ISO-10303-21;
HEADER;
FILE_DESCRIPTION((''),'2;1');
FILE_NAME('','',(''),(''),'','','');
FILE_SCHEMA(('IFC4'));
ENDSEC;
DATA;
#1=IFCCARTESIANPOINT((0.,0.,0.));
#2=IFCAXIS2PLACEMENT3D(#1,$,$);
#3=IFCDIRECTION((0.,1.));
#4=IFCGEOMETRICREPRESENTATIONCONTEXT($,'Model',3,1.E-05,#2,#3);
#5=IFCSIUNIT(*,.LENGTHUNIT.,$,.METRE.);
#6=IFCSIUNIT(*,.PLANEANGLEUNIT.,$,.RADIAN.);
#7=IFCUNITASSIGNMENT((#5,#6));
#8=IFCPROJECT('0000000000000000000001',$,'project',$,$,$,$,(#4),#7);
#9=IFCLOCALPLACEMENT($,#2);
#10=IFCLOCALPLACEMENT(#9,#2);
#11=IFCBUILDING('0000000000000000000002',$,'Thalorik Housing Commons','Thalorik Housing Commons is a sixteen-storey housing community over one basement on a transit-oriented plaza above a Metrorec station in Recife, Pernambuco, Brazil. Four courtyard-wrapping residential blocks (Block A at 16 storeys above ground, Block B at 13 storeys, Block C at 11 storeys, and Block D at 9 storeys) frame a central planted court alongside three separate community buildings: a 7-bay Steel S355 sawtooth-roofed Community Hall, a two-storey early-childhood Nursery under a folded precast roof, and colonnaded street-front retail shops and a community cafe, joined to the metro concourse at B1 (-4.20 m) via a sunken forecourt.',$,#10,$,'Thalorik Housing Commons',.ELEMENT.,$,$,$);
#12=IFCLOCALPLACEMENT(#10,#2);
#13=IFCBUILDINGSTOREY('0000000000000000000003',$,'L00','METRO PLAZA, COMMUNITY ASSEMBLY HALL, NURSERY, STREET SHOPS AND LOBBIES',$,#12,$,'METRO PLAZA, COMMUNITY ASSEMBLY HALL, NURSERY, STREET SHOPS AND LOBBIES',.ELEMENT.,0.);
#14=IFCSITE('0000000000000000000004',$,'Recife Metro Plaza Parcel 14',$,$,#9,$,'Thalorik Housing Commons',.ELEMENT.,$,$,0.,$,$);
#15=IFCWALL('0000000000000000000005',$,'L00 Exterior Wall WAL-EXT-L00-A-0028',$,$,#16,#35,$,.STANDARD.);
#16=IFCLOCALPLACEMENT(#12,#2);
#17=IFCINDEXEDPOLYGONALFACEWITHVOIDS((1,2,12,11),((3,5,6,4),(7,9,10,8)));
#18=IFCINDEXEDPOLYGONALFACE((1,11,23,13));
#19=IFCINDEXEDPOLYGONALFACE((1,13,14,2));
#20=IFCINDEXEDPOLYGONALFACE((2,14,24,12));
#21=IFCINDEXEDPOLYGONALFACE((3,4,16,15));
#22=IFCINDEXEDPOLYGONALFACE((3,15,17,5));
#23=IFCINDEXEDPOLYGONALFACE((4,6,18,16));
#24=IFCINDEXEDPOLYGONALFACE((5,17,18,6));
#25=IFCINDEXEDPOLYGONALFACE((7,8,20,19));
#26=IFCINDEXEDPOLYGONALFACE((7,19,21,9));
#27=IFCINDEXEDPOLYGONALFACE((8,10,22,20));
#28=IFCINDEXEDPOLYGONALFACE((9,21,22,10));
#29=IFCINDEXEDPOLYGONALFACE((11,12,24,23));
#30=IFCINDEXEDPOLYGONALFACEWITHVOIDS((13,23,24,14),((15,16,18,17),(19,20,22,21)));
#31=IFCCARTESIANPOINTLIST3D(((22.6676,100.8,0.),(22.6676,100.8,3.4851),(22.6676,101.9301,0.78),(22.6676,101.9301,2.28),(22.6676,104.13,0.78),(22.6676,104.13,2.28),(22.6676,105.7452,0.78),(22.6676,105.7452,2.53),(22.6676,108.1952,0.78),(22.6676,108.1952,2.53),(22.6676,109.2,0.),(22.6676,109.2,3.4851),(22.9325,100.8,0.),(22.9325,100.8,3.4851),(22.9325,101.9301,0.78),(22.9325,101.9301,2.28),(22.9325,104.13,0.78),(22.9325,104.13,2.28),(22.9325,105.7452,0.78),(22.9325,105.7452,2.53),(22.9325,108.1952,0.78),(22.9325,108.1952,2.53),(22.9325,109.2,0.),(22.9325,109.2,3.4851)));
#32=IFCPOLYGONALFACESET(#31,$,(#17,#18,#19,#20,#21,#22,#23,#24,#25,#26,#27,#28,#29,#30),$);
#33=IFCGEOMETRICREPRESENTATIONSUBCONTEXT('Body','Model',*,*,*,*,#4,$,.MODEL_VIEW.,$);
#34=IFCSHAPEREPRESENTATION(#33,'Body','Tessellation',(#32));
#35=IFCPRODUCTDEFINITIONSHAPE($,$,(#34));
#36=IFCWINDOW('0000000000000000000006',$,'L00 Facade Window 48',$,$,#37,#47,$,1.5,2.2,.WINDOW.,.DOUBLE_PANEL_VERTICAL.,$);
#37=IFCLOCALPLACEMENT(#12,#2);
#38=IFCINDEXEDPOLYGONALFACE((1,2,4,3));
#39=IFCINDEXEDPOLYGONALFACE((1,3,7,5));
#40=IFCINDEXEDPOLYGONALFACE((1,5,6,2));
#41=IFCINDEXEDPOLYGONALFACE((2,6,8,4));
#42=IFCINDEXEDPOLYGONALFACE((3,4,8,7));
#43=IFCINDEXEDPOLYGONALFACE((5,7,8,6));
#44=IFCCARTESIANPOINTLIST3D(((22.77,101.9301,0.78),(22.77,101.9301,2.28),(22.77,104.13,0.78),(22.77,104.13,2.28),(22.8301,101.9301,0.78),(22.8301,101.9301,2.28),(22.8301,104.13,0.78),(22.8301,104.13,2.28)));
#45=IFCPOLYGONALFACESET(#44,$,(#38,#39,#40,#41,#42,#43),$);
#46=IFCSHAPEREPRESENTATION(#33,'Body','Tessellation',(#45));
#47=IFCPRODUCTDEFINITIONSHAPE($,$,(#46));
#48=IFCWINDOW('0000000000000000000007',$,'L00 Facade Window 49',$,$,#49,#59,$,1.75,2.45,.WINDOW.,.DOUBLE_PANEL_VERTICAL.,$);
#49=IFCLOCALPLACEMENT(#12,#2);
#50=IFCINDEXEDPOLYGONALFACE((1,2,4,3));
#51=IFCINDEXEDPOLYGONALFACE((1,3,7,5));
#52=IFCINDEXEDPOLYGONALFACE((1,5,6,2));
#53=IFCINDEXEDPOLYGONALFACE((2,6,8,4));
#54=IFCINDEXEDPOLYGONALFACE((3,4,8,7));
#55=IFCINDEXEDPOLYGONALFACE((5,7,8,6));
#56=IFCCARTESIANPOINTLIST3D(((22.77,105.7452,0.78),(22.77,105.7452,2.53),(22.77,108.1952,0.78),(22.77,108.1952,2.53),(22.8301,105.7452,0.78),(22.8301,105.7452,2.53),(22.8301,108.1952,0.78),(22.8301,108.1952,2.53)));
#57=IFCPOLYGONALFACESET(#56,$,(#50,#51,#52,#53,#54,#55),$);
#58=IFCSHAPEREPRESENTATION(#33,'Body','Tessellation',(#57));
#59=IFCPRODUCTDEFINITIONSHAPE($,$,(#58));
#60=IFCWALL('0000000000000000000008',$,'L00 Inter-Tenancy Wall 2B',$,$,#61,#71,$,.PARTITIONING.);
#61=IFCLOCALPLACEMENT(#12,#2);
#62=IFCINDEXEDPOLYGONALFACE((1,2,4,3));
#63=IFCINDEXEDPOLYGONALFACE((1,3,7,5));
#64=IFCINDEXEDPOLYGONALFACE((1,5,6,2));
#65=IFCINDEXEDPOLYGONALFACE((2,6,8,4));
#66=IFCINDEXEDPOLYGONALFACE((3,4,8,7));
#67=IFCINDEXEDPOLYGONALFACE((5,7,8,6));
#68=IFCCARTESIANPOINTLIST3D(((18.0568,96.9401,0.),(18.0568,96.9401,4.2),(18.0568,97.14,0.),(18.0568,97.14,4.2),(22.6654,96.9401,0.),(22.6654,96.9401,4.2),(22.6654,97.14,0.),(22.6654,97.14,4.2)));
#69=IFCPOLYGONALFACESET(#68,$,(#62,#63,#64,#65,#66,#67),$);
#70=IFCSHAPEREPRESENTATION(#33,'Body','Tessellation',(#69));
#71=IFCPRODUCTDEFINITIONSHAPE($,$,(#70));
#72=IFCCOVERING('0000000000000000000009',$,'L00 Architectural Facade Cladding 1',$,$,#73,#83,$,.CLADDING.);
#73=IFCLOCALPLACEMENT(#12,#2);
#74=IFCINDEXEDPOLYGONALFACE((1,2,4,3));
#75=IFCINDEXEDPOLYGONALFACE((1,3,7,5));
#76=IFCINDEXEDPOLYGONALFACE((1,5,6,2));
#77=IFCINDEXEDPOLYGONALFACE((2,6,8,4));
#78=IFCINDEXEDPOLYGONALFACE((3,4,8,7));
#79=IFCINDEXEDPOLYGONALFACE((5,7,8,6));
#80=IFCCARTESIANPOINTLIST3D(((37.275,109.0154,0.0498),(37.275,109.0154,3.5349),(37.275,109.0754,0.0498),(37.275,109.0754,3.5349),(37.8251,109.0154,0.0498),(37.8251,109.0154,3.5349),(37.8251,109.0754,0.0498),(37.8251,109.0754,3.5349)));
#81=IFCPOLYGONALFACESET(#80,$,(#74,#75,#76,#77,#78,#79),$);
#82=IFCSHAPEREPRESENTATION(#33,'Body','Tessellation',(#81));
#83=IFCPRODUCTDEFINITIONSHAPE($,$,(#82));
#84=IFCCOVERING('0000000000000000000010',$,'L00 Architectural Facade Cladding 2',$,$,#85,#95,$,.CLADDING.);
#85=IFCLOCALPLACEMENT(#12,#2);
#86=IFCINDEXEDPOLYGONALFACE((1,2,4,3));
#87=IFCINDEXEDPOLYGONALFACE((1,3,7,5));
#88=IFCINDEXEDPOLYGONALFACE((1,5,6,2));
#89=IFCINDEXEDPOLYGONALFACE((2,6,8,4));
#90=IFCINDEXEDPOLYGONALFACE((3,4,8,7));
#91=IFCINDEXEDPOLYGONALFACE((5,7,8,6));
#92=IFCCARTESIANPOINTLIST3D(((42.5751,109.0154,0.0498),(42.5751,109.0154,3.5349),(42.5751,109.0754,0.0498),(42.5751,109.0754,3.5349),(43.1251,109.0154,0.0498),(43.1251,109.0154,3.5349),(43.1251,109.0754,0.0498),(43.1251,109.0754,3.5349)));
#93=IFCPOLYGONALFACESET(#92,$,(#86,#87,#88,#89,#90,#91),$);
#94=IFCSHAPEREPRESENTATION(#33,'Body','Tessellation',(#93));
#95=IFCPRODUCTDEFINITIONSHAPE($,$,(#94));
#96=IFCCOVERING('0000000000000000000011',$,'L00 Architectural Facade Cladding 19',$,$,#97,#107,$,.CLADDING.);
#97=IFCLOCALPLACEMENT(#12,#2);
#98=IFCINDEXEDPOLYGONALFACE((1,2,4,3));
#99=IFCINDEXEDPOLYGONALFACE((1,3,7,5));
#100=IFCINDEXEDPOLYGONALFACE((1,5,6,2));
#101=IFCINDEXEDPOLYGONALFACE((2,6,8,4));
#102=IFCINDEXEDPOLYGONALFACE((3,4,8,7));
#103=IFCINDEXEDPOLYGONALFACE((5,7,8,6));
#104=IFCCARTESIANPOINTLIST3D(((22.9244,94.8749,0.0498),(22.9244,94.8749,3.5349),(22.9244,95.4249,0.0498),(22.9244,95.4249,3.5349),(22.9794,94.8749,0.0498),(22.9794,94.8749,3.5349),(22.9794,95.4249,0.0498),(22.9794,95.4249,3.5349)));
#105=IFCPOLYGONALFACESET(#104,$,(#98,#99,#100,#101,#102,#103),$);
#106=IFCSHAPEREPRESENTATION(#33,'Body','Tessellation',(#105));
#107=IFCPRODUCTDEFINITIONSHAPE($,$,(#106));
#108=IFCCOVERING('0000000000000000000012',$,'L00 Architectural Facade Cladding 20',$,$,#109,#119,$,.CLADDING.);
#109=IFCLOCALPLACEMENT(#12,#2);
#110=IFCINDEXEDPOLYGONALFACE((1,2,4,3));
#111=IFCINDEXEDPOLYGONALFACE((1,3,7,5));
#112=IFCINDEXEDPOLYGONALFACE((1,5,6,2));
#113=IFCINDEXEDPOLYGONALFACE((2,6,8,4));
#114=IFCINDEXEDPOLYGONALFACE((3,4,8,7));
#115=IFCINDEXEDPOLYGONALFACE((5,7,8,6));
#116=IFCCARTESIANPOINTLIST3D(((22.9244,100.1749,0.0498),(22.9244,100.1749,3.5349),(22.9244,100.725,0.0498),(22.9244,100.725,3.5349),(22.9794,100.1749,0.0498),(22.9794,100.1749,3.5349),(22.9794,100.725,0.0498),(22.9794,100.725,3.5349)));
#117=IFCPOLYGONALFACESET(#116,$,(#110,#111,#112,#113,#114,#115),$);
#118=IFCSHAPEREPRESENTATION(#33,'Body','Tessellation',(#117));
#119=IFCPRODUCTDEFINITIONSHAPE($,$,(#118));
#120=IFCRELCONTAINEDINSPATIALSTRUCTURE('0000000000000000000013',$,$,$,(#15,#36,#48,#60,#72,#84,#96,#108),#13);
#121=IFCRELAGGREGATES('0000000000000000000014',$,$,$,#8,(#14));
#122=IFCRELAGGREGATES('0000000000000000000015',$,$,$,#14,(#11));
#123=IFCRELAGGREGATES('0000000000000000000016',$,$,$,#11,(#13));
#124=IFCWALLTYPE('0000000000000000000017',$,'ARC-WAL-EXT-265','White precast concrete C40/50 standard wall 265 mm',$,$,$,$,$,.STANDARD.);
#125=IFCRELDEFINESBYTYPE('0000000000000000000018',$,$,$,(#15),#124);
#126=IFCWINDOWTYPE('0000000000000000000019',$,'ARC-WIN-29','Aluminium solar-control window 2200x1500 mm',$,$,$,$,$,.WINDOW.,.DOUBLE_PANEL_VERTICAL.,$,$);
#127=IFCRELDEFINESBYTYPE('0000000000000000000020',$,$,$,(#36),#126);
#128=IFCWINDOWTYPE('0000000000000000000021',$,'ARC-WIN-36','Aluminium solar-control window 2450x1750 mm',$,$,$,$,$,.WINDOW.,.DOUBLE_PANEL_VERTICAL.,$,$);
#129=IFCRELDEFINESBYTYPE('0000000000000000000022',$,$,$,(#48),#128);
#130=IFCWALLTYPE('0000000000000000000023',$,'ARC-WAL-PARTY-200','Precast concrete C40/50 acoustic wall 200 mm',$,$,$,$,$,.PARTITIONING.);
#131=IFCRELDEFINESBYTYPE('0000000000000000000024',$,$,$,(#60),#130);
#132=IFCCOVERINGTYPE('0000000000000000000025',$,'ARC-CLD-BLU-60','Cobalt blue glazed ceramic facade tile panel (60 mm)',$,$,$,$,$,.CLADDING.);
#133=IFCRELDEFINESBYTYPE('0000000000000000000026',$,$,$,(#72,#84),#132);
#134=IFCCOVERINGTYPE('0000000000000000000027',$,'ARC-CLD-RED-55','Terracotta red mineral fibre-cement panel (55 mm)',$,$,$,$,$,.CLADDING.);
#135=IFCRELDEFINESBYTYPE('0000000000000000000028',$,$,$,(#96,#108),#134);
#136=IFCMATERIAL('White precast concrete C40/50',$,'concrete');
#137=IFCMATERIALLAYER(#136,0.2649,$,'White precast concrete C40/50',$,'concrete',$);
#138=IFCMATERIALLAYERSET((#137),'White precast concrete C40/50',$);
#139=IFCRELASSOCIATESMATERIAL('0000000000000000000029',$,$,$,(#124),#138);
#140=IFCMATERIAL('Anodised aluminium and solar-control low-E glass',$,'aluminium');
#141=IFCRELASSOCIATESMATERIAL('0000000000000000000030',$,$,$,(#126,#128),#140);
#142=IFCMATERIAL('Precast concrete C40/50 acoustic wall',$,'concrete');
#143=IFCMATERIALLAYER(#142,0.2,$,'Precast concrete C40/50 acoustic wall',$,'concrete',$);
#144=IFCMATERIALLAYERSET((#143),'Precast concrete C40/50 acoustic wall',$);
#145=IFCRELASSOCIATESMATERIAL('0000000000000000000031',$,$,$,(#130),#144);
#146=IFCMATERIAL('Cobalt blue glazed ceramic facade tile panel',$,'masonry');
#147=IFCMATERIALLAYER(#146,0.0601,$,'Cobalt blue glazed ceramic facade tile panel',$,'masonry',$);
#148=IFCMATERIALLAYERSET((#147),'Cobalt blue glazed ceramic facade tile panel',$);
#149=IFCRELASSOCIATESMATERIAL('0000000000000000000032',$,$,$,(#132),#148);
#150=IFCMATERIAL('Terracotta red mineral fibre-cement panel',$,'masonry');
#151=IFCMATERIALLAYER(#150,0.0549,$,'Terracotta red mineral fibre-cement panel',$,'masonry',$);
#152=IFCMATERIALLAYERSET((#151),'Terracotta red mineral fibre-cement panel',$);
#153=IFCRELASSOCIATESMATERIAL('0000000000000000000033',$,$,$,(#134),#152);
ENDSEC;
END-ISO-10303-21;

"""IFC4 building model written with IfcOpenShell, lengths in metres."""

from ifc_helpers import new_model, si_unit, direction, frame, frame_2d, origin, origin_2d, place, context, subcontext, project, spatial, rectangle, extrude, material, layer, layer_set, type_object, element, fill, save


model = new_model("IFC4")

# Units and contexts
model_context = context("Model", 3, precision=1e-05, world=origin(), true_north=direction((0.0, 1.0)))
body_context = subcontext(model_context, "Body", "Model", "MODEL_VIEW")
ifc_project = project(units=[si_unit("LENGTHUNIT", "METRE"), si_unit("PLANEANGLEUNIT", "RADIAN")], contexts=[model_context])

# Site, building, storey
site_placement = place(None, origin())
site = spatial("IfcSite", under=ifc_project, at=site_placement, Name="Recife Metro Plaza Parcel 14", LongName="Thalorik Housing Commons", CompositionType="ELEMENT", RefElevation=0.0)
building_placement = place(site_placement, origin())
building = spatial("IfcBuilding", under=site, at=building_placement, Name="Thalorik Housing Commons", Description="Thalorik Housing Commons is a sixteen-storey housing community over one basement on a transit-oriented plaza above a Metrorec station in Recife, Pernambuco, Brazil. Four courtyard-wrapping residential blocks (Block A at 16 storeys above ground, Block B at 13 storeys, Block C at 11 storeys, and Block D at 9 storeys) frame a central planted court alongside three separate community buildings: a 7-bay Steel S355 sawtooth-roofed Community Hall, a two-storey early-childhood Nursery under a folded precast roof, and colonnaded street-front retail shops and a community cafe, joined to the metro concourse at B1 (-4.20 m) via a sunken forecourt.", LongName="Thalorik Housing Commons", CompositionType="ELEMENT")
storey_placement = place(building_placement, origin())
storey = spatial("IfcBuildingStorey", under=building, at=storey_placement, Name="L00", Description="METRO PLAZA, COMMUNITY ASSEMBLY HALL, NURSERY, STREET SHOPS AND LOBBIES", LongName="METRO PLAZA, COMMUNITY ASSEMBLY HALL, NURSERY, STREET SHOPS AND LOBBIES", CompositionType="ELEMENT", Elevation=0.0)

# Wall, openings, windows
ifc_material_1 = material(Name="White precast concrete C40/50", Category="concrete")
ifc_layer_1 = layer(ifc_material_1, 0.2649, Name="White precast concrete C40/50", Category="concrete")
ifc_layer_set_1 = layer_set([ifc_layer_1], Name="White precast concrete C40/50")
wall_type_1 = type_object("IfcWallType", Name="ARC-WAL-EXT-265", Description="White precast concrete C40/50 standard wall 265 mm", PredefinedType="STANDARD", material=ifc_layer_set_1)
ifc_material_2 = material(Name="Anodised aluminium and solar-control low-E glass", Category="aluminium")
wall_1_placement = place(storey_placement, frame((22.8, 100.8, 0.0), z_axis=(0.0, 0.0, 1.0), x_axis=(0.0, 1.0, 0.0)))
wall_1 = element("IfcWall", 1, at=wall_1_placement, inside=storey, type_object=wall_type_1, Name="L00 Exterior Wall WAL-EXT-L00-A-0028", PredefinedType="STANDARD", context=body_context, shape_type="SweptSolid", body=[
    extrude(rectangle(XDim=8.3999, YDim=0.2649, at=frame_2d((4.2, 0.0))), origin(), (0.0, 0.0, 1.0), 3.4851),
])
opening_1_placement = place(wall_1_placement, frame((1.1299, 0.0, 0.78)))
opening_1 = element("IfcOpeningElement", 2, at=opening_1_placement, cuts=wall_1, PredefinedType="OPENING", context=body_context, shape_type="SweptSolid", body=[
    extrude(rectangle(XDim=2.2, YDim=1.5, at=frame_2d((1.1001, 0.75))), frame((0.0, 0.1426, 0.0), z_axis=(0.0, -1.0, 0.0), x_axis=(1.0, 0.0, 0.0)), (0.0, 0.0, 1.0), 0.2849),
])
opening_2_placement = place(wall_1_placement, frame((4.9451, 0.0, 0.78)))
opening_2 = element("IfcOpeningElement", 3, at=opening_2_placement, cuts=wall_1, PredefinedType="OPENING", context=body_context, shape_type="SweptSolid", body=[
    extrude(rectangle(XDim=2.45, YDim=1.75, at=frame_2d((1.2251, 0.875))), frame((0.0, 0.1426, 0.0), z_axis=(0.0, -1.0, 0.0), x_axis=(1.0, 0.0, 0.0)), (0.0, 0.0, 1.0), 0.2849),
])
window_type_1 = type_object("IfcWindowType", Name="ARC-WIN-29", Description="Aluminium solar-control window 2200x1500 mm", PartitioningType="DOUBLE_PANEL_VERTICAL", PredefinedType="WINDOW", material=ifc_material_2)
window_1_placement = place(opening_1_placement, origin())
window_1 = element("IfcWindow", 4, at=window_1_placement, inside=storey, type_object=window_type_1, Name="L00 Facade Window 48", OverallHeight=1.5, OverallWidth=2.2, PartitioningType="DOUBLE_PANEL_VERTICAL", PredefinedType="WINDOW", context=body_context, shape_type="SweptSolid", body=[
    extrude(rectangle(XDim=2.2, YDim=1.5, at=frame_2d((1.1001, 0.75))), frame((0.0, 0.03, 0.0), z_axis=(0.0, -1.0, 0.0), x_axis=(1.0, 0.0, 0.0)), (0.0, 0.0, 1.0), 0.0601),
])
fill(opening_1, window_1)
window_type_2 = type_object("IfcWindowType", Name="ARC-WIN-36", Description="Aluminium solar-control window 2450x1750 mm", PartitioningType="DOUBLE_PANEL_VERTICAL", PredefinedType="WINDOW", material=ifc_material_2)
window_2_placement = place(opening_2_placement, origin())
window_2 = element("IfcWindow", 5, at=window_2_placement, inside=storey, type_object=window_type_2, Name="L00 Facade Window 49", OverallHeight=1.75, OverallWidth=2.45, PartitioningType="DOUBLE_PANEL_VERTICAL", PredefinedType="WINDOW", context=body_context, shape_type="SweptSolid", body=[
    extrude(rectangle(XDim=2.45, YDim=1.75, at=frame_2d((1.2251, 0.875))), frame((0.0, 0.03, 0.0), z_axis=(0.0, -1.0, 0.0), x_axis=(1.0, 0.0, 0.0)), (0.0, 0.0, 1.0), 0.0601),
])
fill(opening_2, window_2)

# Wall
ifc_material_3 = material(Name="Precast concrete C40/50 acoustic wall", Category="concrete")
ifc_layer_2 = layer(ifc_material_3, 0.2, Name="Precast concrete C40/50 acoustic wall", Category="concrete")
ifc_layer_set_2 = layer_set([ifc_layer_2], Name="Precast concrete C40/50 acoustic wall")
wall_type_2 = type_object("IfcWallType", Name="ARC-WAL-PARTY-200", Description="Precast concrete C40/50 acoustic wall 200 mm", PredefinedType="PARTITIONING", material=ifc_layer_set_2)
wall_2_placement = place(storey_placement, frame((18.0569, 97.04, 0.0), z_axis=(0.0, 0.0, 1.0), x_axis=(1.0, 0.0, 0.0)))
element("IfcWall", 6, at=wall_2_placement, inside=storey, type_object=wall_type_2, Name="L00 Inter-Tenancy Wall 2B", PredefinedType="PARTITIONING", context=body_context, shape_type="SweptSolid", body=[
    extrude(rectangle(XDim=4.6086, YDim=0.2, at=frame_2d((2.3042, 0.0))), origin(), (0.0, 0.0, 1.0), 4.2),
])

# Coverings
ifc_material_4 = material(Name="Cobalt blue glazed ceramic facade tile panel", Category="masonry")
ifc_layer_3 = layer(ifc_material_4, 0.0601, Name="Cobalt blue glazed ceramic facade tile panel", Category="masonry")
ifc_layer_set_3 = layer_set([ifc_layer_3], Name="Cobalt blue glazed ceramic facade tile panel")
covering_type_1 = type_object("IfcCoveringType", Name="ARC-CLD-BLU-60", Description="Cobalt blue glazed ceramic facade tile panel (60 mm)", PredefinedType="CLADDING", material=ifc_layer_set_3)
for number, where, z_axis, x_axis, name in (
    (7, (37.55, 109.0454, 0.0498), (0.0, 0.0, 1.0), (1.0, 0.0, 0.0), "L00 Architectural Facade Cladding 1"),
    (8, (42.8501, 109.0454, 0.0498), (0.0, 0.0, 1.0), (1.0, 0.0, 0.0), "L00 Architectural Facade Cladding 2"),
):
    element("IfcCovering", number, at=place(storey_placement, frame(where, z_axis=z_axis, x_axis=x_axis)), inside=storey, type_object=covering_type_1, Name=name, PredefinedType="CLADDING", context=body_context, shape_type="SweptSolid", body=[
        extrude(rectangle(XDim=0.55, YDim=0.0601, at=origin_2d()), origin(), (0.0, 0.0, 1.0), 3.4851),
    ])
ifc_material_5 = material(Name="Terracotta red mineral fibre-cement panel", Category="masonry")
ifc_layer_4 = layer(ifc_material_5, 0.0549, Name="Terracotta red mineral fibre-cement panel", Category="masonry")
ifc_layer_set_4 = layer_set([ifc_layer_4], Name="Terracotta red mineral fibre-cement panel")
covering_type_2 = type_object("IfcCoveringType", Name="ARC-CLD-RED-55", Description="Terracotta red mineral fibre-cement panel (55 mm)", PredefinedType="CLADDING", material=ifc_layer_set_4)
for number, where, z_axis, x_axis, name in (
    (9, (22.9519, 95.1499, 0.0498), (0.0, 0.0, 1.0), (0.0, 1.0, 0.0), "L00 Architectural Facade Cladding 19"),
    (10, (22.9519, 100.45, 0.0498), (0.0, 0.0, 1.0), (0.0, 1.0, 0.0), "L00 Architectural Facade Cladding 20"),
):
    element("IfcCovering", number, at=place(storey_placement, frame(where, z_axis=z_axis, x_axis=x_axis)), inside=storey, type_object=covering_type_2, Name=name, PredefinedType="CLADDING", context=body_context, shape_type="SweptSolid", body=[
        extrude(rectangle(XDim=0.55, YDim=0.0549, at=origin_2d()), origin(), (0.0, 0.0, 1.0), 3.4851),
    ])

save(model, "model.ifc")
